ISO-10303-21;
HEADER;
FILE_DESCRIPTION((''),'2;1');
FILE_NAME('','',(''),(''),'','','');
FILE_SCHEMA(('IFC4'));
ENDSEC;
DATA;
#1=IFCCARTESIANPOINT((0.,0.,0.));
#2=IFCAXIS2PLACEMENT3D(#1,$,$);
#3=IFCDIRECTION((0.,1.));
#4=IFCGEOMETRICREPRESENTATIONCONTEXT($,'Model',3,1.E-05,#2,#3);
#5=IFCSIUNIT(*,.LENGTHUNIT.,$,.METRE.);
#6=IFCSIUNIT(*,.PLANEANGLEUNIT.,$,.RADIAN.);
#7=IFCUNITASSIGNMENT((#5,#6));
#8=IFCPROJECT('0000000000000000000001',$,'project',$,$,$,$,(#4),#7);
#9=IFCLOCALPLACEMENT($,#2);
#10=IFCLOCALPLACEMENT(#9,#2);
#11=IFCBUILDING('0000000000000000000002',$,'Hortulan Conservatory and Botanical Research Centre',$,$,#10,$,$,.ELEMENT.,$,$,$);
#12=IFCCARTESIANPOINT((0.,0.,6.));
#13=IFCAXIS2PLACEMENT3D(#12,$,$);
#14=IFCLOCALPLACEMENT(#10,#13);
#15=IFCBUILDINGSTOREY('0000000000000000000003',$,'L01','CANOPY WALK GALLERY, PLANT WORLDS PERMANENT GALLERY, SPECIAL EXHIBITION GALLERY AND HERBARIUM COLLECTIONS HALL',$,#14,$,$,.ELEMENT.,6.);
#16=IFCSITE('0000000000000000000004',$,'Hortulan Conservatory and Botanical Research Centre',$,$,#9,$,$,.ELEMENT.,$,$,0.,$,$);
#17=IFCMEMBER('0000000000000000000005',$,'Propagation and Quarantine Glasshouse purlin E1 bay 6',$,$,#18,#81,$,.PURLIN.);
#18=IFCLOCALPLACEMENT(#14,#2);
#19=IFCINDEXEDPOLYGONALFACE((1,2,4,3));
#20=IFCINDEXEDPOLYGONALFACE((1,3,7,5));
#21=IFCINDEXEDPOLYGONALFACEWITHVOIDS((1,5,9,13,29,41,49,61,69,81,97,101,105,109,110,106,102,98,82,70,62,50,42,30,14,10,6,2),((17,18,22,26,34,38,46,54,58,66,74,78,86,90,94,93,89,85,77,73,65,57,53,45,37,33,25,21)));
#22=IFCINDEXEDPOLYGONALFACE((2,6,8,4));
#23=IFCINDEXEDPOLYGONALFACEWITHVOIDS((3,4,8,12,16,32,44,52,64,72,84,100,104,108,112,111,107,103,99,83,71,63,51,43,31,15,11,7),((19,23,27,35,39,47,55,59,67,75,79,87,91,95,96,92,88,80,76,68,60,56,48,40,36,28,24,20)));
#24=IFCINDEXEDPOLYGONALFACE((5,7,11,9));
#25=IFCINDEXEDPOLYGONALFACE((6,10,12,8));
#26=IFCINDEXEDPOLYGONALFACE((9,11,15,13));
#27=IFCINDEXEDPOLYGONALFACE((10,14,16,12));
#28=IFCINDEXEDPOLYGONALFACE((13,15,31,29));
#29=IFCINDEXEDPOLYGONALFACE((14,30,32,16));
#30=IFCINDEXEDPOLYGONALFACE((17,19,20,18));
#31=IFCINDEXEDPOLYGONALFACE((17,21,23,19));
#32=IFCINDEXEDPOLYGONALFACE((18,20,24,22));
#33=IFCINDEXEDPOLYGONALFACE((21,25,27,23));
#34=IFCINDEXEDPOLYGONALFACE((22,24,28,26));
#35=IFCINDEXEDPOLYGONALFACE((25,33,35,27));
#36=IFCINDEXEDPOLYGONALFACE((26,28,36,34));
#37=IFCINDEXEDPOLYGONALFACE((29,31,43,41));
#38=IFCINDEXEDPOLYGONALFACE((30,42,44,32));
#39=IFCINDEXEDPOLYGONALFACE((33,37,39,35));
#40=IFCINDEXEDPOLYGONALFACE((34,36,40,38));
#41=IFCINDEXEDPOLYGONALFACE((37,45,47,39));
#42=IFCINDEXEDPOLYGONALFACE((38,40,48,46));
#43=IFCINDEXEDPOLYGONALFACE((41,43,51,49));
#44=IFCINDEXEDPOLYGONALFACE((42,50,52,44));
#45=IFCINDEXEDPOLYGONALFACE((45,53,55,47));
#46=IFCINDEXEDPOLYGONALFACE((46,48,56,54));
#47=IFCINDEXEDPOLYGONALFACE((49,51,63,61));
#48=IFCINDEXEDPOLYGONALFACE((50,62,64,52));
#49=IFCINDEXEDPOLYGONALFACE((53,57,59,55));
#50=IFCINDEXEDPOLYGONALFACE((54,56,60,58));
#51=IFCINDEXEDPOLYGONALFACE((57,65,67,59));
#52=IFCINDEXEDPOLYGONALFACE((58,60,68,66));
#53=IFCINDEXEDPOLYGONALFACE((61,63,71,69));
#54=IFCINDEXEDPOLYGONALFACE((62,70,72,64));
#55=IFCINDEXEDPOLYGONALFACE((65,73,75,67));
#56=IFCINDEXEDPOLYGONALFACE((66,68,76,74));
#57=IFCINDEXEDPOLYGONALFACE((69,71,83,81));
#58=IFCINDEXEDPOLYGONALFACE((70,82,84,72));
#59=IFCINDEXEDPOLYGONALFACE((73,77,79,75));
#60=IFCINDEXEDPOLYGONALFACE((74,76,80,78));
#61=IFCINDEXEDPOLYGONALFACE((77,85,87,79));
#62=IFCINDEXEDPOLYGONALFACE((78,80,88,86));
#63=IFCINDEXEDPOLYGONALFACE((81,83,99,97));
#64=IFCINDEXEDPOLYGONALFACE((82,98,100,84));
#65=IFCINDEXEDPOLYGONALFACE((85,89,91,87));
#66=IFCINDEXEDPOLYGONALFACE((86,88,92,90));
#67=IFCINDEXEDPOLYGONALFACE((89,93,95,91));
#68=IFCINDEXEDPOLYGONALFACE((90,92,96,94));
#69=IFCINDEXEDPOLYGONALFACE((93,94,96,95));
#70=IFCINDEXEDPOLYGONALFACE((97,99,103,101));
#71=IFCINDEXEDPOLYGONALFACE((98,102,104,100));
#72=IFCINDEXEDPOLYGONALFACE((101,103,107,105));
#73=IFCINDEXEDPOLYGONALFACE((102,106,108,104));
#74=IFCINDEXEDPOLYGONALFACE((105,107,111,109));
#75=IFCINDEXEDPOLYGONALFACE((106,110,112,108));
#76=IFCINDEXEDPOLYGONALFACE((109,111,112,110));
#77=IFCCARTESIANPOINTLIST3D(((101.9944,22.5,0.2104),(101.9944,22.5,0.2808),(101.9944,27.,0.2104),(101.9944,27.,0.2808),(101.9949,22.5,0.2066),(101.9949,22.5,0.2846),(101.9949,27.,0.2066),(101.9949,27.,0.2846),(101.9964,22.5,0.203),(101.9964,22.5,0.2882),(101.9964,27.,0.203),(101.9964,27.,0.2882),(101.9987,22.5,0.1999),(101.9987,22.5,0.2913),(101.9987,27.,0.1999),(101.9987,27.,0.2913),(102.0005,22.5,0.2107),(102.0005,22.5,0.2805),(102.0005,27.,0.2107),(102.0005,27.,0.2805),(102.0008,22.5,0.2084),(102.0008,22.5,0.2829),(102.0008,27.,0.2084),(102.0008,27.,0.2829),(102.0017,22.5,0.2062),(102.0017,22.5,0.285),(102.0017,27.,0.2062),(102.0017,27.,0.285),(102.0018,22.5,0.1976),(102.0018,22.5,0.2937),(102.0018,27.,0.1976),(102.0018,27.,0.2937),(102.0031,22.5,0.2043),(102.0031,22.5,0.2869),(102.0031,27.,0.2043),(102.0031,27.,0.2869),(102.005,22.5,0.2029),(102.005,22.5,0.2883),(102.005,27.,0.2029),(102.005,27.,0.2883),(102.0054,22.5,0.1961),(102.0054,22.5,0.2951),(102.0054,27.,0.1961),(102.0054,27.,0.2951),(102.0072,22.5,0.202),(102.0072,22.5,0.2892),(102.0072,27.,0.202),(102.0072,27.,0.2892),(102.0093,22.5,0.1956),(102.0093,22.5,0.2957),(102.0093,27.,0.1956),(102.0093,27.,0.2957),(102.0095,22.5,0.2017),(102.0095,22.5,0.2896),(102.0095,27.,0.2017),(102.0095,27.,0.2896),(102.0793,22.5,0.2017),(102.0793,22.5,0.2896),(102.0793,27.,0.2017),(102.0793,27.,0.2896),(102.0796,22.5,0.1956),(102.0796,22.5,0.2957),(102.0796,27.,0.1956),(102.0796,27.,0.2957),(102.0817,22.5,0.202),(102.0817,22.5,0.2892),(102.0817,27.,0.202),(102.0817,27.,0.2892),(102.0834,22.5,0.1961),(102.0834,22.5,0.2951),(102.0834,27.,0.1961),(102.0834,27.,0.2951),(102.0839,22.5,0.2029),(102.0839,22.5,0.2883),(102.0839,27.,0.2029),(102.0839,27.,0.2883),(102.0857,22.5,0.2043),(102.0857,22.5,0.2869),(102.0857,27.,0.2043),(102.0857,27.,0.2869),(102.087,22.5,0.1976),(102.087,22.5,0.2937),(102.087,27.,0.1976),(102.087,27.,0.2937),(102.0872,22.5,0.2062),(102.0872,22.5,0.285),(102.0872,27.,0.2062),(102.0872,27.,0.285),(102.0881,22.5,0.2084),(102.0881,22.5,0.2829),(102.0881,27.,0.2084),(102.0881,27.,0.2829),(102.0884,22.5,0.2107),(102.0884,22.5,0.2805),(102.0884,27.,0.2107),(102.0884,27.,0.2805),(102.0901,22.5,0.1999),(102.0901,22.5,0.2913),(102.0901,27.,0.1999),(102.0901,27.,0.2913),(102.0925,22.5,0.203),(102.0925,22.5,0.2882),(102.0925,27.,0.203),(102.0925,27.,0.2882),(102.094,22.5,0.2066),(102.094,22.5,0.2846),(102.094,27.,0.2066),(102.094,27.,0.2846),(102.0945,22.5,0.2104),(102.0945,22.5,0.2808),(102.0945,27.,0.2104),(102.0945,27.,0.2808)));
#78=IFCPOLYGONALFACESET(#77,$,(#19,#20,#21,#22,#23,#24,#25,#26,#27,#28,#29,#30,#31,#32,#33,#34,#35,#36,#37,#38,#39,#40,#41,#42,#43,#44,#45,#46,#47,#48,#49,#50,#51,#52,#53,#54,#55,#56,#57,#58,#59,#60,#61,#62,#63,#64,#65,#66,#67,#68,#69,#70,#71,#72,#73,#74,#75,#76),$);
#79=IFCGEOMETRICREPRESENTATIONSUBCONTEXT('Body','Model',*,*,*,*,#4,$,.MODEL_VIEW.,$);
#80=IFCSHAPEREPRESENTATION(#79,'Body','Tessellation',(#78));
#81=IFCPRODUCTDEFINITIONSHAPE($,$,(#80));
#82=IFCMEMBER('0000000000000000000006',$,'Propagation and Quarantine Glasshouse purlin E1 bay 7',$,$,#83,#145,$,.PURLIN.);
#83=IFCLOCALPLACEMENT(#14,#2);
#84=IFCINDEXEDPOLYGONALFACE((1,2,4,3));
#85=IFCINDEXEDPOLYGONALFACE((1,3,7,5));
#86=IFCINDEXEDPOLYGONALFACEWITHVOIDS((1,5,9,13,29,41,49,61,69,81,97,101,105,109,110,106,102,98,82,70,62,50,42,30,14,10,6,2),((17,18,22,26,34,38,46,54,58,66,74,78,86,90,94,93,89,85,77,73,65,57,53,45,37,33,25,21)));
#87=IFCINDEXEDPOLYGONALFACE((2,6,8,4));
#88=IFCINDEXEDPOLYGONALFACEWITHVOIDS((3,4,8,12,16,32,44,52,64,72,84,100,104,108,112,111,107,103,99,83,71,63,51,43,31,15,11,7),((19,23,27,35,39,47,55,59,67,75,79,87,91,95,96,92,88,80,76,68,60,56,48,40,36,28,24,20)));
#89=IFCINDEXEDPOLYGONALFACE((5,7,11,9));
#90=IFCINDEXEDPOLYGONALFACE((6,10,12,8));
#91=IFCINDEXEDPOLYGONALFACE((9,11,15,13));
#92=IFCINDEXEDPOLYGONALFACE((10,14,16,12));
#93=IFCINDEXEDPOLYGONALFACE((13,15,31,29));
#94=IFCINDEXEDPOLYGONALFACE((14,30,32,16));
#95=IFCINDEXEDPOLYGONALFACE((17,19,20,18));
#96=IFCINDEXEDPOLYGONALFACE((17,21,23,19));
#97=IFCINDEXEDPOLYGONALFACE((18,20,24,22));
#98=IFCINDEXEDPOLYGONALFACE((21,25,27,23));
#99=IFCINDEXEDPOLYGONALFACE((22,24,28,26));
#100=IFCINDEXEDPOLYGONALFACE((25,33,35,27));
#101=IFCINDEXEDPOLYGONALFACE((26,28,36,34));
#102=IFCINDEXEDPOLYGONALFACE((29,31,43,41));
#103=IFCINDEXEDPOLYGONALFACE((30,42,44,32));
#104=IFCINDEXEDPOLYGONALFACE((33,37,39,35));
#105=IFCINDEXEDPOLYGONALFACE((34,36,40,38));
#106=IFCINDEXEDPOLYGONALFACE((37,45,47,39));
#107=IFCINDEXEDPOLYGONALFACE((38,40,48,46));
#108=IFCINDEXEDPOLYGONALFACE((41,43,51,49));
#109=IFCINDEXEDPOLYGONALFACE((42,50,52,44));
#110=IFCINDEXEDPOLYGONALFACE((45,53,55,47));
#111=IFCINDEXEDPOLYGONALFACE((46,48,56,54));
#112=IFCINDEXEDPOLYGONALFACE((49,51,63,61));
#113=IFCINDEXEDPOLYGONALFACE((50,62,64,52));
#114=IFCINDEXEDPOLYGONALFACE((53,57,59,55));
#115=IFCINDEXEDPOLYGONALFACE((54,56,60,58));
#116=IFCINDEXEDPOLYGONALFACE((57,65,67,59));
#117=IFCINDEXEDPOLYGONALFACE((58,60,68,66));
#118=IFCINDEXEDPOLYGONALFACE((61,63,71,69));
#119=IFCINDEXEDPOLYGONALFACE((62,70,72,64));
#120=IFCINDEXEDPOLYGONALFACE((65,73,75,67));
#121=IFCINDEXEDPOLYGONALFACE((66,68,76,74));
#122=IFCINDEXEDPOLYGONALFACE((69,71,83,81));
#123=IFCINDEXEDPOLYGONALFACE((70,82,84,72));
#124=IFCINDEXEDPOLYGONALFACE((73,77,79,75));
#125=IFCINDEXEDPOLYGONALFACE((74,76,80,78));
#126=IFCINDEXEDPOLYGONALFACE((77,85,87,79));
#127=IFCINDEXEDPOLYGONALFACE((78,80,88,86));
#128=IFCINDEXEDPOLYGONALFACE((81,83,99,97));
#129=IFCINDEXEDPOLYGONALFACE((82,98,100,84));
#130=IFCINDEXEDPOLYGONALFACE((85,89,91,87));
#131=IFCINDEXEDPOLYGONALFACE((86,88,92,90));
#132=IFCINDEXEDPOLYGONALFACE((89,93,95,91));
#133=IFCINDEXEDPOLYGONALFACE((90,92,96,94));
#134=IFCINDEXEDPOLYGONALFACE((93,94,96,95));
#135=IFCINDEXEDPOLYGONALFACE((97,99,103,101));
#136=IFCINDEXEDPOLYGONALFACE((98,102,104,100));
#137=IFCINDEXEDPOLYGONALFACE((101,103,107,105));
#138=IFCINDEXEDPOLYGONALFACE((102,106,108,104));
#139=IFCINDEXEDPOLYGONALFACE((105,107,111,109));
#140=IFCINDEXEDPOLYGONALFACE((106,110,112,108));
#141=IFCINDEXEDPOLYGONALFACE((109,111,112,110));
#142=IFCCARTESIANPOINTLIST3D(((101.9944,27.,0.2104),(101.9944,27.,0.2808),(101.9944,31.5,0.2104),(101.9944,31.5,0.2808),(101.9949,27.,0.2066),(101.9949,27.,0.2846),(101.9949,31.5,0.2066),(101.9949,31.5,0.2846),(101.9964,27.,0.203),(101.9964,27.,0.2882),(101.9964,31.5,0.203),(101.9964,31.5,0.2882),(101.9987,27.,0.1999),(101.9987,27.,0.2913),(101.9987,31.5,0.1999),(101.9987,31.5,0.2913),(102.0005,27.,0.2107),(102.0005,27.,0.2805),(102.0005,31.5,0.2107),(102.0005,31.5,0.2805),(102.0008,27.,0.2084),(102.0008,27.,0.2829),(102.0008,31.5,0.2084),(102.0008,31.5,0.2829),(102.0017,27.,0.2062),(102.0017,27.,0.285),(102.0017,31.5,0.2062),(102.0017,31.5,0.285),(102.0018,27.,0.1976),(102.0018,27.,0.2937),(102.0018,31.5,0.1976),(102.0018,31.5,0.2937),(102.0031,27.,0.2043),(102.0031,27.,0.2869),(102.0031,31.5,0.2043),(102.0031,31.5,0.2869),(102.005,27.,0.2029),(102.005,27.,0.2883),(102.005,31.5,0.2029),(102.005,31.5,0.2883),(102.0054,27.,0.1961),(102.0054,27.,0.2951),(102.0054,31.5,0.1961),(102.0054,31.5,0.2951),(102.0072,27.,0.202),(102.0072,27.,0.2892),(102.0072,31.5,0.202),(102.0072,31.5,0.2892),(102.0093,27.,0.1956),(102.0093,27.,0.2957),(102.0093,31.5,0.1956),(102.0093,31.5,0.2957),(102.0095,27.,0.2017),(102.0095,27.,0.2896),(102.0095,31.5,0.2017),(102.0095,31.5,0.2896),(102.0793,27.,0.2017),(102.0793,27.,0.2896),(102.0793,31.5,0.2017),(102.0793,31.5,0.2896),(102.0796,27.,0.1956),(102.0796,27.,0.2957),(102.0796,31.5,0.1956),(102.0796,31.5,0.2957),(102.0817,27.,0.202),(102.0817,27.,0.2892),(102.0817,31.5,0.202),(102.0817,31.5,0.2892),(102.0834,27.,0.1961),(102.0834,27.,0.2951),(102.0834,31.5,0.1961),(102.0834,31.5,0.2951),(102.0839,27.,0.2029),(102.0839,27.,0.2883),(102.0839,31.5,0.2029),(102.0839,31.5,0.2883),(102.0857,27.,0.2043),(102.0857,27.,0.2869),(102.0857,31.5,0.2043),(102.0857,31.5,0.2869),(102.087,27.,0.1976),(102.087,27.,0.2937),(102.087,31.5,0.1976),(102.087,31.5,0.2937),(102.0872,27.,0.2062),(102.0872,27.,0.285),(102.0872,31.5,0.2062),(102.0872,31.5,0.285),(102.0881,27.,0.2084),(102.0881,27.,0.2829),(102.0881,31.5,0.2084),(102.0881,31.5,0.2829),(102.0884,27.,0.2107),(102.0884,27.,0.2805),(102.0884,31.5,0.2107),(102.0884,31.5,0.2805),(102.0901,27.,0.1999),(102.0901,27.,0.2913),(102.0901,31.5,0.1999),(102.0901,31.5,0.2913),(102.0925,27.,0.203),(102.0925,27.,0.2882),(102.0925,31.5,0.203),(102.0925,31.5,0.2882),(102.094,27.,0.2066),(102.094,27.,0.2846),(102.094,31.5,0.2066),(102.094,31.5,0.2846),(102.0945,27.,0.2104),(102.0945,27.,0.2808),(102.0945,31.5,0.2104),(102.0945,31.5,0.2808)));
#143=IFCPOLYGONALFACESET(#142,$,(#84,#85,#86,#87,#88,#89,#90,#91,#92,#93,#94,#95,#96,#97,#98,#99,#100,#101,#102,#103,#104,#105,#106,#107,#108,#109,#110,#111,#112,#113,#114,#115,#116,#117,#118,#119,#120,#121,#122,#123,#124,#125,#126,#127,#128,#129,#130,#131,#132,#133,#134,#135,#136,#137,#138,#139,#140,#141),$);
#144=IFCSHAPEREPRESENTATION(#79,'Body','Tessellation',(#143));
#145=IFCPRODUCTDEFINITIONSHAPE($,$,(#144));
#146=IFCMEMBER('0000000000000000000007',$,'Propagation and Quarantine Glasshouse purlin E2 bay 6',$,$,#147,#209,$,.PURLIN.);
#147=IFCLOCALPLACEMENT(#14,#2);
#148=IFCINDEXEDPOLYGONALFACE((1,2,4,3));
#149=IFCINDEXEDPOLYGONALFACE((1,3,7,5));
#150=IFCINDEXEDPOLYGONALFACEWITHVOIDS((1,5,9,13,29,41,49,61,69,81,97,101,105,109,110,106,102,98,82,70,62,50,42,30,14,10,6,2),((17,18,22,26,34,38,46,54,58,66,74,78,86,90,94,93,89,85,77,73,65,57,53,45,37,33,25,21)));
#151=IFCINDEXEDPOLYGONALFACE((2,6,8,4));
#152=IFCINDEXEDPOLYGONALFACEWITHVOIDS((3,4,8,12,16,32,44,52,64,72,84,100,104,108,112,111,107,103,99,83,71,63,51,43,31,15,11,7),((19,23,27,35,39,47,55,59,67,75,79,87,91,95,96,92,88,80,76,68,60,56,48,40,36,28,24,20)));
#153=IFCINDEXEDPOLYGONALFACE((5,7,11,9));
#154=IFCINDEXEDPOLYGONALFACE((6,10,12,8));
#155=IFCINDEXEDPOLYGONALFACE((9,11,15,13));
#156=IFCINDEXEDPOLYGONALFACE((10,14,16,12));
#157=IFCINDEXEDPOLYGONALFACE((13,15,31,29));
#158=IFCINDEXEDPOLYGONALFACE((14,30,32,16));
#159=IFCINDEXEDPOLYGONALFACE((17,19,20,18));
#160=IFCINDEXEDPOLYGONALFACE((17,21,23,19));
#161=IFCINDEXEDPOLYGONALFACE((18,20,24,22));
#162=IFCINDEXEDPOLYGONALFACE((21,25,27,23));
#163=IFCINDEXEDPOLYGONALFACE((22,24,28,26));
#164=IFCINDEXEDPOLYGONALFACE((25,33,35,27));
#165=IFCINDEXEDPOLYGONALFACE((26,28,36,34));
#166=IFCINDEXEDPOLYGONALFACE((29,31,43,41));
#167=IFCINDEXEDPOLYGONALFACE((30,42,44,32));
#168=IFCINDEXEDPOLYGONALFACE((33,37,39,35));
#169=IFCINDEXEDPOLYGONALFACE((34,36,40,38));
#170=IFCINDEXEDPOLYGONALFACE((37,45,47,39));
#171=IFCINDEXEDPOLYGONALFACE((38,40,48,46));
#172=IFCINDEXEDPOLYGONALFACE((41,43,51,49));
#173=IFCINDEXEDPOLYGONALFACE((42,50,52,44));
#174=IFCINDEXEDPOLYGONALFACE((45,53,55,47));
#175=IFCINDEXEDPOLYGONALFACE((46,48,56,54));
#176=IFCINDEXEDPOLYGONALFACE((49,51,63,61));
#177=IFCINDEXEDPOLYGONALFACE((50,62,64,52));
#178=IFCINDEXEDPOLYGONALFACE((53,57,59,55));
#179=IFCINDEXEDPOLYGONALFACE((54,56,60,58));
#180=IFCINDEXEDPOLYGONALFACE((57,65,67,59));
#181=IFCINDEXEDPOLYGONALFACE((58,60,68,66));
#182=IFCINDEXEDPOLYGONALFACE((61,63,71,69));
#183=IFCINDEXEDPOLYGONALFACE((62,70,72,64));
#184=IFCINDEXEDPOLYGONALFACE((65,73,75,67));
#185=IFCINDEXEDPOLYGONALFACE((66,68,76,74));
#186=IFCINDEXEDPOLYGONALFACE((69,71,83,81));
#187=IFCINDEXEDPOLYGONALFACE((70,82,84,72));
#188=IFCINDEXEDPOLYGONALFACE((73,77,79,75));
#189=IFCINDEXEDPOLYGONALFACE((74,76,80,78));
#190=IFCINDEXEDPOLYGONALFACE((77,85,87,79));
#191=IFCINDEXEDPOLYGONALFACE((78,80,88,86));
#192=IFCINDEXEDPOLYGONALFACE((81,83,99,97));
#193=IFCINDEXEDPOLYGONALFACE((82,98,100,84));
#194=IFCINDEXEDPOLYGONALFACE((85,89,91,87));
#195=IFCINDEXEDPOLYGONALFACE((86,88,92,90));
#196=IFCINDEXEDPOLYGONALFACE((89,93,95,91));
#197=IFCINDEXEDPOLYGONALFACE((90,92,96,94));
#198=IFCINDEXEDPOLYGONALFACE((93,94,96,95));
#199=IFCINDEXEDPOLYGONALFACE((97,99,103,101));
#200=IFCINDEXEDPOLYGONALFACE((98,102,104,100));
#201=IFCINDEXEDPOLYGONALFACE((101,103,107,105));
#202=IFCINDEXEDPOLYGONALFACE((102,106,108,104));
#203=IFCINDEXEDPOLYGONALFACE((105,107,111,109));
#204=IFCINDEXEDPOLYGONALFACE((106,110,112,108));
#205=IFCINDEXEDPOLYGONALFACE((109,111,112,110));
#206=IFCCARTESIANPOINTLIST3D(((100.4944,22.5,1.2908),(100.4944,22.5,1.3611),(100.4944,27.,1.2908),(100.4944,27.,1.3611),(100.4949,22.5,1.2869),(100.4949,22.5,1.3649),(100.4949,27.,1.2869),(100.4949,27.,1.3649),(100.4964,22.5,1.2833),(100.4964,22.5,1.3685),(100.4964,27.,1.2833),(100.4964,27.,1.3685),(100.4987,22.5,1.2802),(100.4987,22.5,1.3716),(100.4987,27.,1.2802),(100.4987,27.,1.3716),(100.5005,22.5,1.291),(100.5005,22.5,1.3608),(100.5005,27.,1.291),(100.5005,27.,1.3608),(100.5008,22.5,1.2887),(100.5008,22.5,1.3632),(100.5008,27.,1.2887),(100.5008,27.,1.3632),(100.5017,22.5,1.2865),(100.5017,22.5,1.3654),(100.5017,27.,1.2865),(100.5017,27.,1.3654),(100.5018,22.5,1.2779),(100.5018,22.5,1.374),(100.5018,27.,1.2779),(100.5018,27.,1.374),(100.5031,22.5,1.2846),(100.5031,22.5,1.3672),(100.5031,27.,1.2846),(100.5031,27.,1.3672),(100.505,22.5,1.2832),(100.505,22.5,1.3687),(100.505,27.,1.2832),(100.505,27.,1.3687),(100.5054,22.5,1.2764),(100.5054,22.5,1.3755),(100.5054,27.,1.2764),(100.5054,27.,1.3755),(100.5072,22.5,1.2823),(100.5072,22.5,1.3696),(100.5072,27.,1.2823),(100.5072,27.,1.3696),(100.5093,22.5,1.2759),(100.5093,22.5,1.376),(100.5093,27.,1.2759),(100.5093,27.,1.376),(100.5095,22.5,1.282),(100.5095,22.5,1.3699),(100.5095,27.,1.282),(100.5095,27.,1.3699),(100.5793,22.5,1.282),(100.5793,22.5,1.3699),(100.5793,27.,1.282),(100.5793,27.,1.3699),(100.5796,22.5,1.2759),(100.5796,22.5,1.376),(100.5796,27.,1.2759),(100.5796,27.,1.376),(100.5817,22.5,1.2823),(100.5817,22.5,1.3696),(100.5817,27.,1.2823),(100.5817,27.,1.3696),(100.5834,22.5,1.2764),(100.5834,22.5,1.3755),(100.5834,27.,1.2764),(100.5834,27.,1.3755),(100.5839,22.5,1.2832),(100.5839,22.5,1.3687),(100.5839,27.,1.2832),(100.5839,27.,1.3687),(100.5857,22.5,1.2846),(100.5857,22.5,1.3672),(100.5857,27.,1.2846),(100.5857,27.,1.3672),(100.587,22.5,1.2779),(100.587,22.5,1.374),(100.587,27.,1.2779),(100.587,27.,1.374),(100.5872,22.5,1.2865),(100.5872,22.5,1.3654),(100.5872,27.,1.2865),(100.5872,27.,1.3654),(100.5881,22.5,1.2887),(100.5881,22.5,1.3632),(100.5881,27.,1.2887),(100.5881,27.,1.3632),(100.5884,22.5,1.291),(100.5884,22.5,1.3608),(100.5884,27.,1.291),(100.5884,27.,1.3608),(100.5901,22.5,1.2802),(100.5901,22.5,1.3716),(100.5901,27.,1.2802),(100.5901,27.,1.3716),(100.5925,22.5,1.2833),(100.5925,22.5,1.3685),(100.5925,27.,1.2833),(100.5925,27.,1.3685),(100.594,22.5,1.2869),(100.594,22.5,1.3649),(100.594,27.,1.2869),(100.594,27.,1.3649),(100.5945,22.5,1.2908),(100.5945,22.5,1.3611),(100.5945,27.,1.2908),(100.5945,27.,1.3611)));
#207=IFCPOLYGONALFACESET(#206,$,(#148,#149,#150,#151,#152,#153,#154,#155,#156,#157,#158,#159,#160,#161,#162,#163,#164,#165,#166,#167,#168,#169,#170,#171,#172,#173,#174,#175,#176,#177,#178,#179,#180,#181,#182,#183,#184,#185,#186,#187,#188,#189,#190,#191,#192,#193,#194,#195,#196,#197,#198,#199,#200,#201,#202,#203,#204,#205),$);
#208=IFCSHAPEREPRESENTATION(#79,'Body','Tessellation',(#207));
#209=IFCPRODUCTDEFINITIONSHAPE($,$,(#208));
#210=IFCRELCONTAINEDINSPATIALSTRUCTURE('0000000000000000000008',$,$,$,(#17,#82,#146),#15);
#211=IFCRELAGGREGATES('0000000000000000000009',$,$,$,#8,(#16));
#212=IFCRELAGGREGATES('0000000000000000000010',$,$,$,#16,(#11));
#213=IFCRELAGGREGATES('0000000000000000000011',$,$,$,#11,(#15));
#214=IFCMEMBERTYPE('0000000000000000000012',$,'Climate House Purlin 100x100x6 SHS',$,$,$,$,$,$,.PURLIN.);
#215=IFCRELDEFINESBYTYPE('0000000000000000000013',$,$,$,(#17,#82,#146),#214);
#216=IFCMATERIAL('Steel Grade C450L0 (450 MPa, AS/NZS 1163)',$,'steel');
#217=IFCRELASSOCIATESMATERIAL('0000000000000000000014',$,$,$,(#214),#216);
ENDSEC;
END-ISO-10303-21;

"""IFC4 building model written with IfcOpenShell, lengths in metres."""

from ifc_helpers import new_model, si_unit, direction, frame, origin, origin_2d, place, context, subcontext, project, spatial, hollow_rectangle, extrude, material, material_profile, profile_set, type_object, element, save


model = new_model("IFC4")

# Units and contexts
model_context = context("Model", 3, precision=1e-05, world=origin(), true_north=direction((0.0, 1.0)))
body_context = subcontext(model_context, "Body", "Model", "MODEL_VIEW")
ifc_project = project(units=[si_unit("LENGTHUNIT", "METRE"), si_unit("PLANEANGLEUNIT", "RADIAN")], contexts=[model_context])

# Site, building, storey
site_placement = place(None, origin())
site = spatial("IfcSite", under=ifc_project, at=site_placement, Name="Hortulan Conservatory and Botanical Research Centre", CompositionType="ELEMENT", RefElevation=0.0)
building_placement = place(site_placement, origin())
building = spatial("IfcBuilding", under=site, at=building_placement, Name="Hortulan Conservatory and Botanical Research Centre", CompositionType="ELEMENT")
storey_placement = place(building_placement, frame((0.0, 0.0, 6.0)))
storey = spatial("IfcBuildingStorey", under=building, at=storey_placement, Name="L01", Description="CANOPY WALK GALLERY, PLANT WORLDS PERMANENT GALLERY, SPECIAL EXHIBITION GALLERY AND HERBARIUM COLLECTIONS HALL", CompositionType="ELEMENT", Elevation=6.0)

# Members
ifc_material_1 = material(Name="Steel Grade C450L0 (450 MPa, AS/NZS 1163)", Category="steel")
ifc_material_profile_1 = material_profile(ifc_material_1, hollow_rectangle(XDim=0.1001, YDim=0.1001, WallThickness=0.0061, InnerFilletRadius=0.009, OuterFilletRadius=0.0149, at=origin_2d()), Name="100x100x6SHS")
ifc_profile_set_1 = profile_set([ifc_material_profile_1], Name="Steel Grade C450L0 (450 MPa, AS/NZS 1163)")
member_type_1 = type_object("IfcMemberType", Name="Climate House Purlin 100x100x6 SHS", PredefinedType="PURLIN", material=ifc_profile_set_1)
for number, where, z_axis, x_axis, name in (
    (1, (102.0444, 22.5, 0.2456), (0.0, 1.0, 0.0), (-1.0, 0.0, 0.0), "Propagation and Quarantine Glasshouse purlin E1 bay 6"),
    (2, (102.0444, 27.0, 0.2456), (0.0, 1.0, 0.0), (-1.0, 0.0, 0.0), "Propagation and Quarantine Glasshouse purlin E1 bay 7"),
    (3, (100.5444, 22.5, 1.3259), (0.0, 1.0, 0.0), (-1.0, 0.0, 0.0), "Propagation and Quarantine Glasshouse purlin E2 bay 6"),
):
    element("IfcMember", number, at=place(storey_placement, frame(where, z_axis=z_axis, x_axis=x_axis)), inside=storey, type_object=member_type_1, Name=name, PredefinedType="PURLIN", context=body_context, shape_type="SweptSolid", body=[
        extrude(hollow_rectangle(XDim=0.1001, YDim=0.1001, WallThickness=0.0061, InnerFilletRadius=0.009, OuterFilletRadius=0.0149, at=origin_2d()), origin(), (0.0, 0.0, 1.0), 4.5),
    ])

save(model, "model.ifc")
